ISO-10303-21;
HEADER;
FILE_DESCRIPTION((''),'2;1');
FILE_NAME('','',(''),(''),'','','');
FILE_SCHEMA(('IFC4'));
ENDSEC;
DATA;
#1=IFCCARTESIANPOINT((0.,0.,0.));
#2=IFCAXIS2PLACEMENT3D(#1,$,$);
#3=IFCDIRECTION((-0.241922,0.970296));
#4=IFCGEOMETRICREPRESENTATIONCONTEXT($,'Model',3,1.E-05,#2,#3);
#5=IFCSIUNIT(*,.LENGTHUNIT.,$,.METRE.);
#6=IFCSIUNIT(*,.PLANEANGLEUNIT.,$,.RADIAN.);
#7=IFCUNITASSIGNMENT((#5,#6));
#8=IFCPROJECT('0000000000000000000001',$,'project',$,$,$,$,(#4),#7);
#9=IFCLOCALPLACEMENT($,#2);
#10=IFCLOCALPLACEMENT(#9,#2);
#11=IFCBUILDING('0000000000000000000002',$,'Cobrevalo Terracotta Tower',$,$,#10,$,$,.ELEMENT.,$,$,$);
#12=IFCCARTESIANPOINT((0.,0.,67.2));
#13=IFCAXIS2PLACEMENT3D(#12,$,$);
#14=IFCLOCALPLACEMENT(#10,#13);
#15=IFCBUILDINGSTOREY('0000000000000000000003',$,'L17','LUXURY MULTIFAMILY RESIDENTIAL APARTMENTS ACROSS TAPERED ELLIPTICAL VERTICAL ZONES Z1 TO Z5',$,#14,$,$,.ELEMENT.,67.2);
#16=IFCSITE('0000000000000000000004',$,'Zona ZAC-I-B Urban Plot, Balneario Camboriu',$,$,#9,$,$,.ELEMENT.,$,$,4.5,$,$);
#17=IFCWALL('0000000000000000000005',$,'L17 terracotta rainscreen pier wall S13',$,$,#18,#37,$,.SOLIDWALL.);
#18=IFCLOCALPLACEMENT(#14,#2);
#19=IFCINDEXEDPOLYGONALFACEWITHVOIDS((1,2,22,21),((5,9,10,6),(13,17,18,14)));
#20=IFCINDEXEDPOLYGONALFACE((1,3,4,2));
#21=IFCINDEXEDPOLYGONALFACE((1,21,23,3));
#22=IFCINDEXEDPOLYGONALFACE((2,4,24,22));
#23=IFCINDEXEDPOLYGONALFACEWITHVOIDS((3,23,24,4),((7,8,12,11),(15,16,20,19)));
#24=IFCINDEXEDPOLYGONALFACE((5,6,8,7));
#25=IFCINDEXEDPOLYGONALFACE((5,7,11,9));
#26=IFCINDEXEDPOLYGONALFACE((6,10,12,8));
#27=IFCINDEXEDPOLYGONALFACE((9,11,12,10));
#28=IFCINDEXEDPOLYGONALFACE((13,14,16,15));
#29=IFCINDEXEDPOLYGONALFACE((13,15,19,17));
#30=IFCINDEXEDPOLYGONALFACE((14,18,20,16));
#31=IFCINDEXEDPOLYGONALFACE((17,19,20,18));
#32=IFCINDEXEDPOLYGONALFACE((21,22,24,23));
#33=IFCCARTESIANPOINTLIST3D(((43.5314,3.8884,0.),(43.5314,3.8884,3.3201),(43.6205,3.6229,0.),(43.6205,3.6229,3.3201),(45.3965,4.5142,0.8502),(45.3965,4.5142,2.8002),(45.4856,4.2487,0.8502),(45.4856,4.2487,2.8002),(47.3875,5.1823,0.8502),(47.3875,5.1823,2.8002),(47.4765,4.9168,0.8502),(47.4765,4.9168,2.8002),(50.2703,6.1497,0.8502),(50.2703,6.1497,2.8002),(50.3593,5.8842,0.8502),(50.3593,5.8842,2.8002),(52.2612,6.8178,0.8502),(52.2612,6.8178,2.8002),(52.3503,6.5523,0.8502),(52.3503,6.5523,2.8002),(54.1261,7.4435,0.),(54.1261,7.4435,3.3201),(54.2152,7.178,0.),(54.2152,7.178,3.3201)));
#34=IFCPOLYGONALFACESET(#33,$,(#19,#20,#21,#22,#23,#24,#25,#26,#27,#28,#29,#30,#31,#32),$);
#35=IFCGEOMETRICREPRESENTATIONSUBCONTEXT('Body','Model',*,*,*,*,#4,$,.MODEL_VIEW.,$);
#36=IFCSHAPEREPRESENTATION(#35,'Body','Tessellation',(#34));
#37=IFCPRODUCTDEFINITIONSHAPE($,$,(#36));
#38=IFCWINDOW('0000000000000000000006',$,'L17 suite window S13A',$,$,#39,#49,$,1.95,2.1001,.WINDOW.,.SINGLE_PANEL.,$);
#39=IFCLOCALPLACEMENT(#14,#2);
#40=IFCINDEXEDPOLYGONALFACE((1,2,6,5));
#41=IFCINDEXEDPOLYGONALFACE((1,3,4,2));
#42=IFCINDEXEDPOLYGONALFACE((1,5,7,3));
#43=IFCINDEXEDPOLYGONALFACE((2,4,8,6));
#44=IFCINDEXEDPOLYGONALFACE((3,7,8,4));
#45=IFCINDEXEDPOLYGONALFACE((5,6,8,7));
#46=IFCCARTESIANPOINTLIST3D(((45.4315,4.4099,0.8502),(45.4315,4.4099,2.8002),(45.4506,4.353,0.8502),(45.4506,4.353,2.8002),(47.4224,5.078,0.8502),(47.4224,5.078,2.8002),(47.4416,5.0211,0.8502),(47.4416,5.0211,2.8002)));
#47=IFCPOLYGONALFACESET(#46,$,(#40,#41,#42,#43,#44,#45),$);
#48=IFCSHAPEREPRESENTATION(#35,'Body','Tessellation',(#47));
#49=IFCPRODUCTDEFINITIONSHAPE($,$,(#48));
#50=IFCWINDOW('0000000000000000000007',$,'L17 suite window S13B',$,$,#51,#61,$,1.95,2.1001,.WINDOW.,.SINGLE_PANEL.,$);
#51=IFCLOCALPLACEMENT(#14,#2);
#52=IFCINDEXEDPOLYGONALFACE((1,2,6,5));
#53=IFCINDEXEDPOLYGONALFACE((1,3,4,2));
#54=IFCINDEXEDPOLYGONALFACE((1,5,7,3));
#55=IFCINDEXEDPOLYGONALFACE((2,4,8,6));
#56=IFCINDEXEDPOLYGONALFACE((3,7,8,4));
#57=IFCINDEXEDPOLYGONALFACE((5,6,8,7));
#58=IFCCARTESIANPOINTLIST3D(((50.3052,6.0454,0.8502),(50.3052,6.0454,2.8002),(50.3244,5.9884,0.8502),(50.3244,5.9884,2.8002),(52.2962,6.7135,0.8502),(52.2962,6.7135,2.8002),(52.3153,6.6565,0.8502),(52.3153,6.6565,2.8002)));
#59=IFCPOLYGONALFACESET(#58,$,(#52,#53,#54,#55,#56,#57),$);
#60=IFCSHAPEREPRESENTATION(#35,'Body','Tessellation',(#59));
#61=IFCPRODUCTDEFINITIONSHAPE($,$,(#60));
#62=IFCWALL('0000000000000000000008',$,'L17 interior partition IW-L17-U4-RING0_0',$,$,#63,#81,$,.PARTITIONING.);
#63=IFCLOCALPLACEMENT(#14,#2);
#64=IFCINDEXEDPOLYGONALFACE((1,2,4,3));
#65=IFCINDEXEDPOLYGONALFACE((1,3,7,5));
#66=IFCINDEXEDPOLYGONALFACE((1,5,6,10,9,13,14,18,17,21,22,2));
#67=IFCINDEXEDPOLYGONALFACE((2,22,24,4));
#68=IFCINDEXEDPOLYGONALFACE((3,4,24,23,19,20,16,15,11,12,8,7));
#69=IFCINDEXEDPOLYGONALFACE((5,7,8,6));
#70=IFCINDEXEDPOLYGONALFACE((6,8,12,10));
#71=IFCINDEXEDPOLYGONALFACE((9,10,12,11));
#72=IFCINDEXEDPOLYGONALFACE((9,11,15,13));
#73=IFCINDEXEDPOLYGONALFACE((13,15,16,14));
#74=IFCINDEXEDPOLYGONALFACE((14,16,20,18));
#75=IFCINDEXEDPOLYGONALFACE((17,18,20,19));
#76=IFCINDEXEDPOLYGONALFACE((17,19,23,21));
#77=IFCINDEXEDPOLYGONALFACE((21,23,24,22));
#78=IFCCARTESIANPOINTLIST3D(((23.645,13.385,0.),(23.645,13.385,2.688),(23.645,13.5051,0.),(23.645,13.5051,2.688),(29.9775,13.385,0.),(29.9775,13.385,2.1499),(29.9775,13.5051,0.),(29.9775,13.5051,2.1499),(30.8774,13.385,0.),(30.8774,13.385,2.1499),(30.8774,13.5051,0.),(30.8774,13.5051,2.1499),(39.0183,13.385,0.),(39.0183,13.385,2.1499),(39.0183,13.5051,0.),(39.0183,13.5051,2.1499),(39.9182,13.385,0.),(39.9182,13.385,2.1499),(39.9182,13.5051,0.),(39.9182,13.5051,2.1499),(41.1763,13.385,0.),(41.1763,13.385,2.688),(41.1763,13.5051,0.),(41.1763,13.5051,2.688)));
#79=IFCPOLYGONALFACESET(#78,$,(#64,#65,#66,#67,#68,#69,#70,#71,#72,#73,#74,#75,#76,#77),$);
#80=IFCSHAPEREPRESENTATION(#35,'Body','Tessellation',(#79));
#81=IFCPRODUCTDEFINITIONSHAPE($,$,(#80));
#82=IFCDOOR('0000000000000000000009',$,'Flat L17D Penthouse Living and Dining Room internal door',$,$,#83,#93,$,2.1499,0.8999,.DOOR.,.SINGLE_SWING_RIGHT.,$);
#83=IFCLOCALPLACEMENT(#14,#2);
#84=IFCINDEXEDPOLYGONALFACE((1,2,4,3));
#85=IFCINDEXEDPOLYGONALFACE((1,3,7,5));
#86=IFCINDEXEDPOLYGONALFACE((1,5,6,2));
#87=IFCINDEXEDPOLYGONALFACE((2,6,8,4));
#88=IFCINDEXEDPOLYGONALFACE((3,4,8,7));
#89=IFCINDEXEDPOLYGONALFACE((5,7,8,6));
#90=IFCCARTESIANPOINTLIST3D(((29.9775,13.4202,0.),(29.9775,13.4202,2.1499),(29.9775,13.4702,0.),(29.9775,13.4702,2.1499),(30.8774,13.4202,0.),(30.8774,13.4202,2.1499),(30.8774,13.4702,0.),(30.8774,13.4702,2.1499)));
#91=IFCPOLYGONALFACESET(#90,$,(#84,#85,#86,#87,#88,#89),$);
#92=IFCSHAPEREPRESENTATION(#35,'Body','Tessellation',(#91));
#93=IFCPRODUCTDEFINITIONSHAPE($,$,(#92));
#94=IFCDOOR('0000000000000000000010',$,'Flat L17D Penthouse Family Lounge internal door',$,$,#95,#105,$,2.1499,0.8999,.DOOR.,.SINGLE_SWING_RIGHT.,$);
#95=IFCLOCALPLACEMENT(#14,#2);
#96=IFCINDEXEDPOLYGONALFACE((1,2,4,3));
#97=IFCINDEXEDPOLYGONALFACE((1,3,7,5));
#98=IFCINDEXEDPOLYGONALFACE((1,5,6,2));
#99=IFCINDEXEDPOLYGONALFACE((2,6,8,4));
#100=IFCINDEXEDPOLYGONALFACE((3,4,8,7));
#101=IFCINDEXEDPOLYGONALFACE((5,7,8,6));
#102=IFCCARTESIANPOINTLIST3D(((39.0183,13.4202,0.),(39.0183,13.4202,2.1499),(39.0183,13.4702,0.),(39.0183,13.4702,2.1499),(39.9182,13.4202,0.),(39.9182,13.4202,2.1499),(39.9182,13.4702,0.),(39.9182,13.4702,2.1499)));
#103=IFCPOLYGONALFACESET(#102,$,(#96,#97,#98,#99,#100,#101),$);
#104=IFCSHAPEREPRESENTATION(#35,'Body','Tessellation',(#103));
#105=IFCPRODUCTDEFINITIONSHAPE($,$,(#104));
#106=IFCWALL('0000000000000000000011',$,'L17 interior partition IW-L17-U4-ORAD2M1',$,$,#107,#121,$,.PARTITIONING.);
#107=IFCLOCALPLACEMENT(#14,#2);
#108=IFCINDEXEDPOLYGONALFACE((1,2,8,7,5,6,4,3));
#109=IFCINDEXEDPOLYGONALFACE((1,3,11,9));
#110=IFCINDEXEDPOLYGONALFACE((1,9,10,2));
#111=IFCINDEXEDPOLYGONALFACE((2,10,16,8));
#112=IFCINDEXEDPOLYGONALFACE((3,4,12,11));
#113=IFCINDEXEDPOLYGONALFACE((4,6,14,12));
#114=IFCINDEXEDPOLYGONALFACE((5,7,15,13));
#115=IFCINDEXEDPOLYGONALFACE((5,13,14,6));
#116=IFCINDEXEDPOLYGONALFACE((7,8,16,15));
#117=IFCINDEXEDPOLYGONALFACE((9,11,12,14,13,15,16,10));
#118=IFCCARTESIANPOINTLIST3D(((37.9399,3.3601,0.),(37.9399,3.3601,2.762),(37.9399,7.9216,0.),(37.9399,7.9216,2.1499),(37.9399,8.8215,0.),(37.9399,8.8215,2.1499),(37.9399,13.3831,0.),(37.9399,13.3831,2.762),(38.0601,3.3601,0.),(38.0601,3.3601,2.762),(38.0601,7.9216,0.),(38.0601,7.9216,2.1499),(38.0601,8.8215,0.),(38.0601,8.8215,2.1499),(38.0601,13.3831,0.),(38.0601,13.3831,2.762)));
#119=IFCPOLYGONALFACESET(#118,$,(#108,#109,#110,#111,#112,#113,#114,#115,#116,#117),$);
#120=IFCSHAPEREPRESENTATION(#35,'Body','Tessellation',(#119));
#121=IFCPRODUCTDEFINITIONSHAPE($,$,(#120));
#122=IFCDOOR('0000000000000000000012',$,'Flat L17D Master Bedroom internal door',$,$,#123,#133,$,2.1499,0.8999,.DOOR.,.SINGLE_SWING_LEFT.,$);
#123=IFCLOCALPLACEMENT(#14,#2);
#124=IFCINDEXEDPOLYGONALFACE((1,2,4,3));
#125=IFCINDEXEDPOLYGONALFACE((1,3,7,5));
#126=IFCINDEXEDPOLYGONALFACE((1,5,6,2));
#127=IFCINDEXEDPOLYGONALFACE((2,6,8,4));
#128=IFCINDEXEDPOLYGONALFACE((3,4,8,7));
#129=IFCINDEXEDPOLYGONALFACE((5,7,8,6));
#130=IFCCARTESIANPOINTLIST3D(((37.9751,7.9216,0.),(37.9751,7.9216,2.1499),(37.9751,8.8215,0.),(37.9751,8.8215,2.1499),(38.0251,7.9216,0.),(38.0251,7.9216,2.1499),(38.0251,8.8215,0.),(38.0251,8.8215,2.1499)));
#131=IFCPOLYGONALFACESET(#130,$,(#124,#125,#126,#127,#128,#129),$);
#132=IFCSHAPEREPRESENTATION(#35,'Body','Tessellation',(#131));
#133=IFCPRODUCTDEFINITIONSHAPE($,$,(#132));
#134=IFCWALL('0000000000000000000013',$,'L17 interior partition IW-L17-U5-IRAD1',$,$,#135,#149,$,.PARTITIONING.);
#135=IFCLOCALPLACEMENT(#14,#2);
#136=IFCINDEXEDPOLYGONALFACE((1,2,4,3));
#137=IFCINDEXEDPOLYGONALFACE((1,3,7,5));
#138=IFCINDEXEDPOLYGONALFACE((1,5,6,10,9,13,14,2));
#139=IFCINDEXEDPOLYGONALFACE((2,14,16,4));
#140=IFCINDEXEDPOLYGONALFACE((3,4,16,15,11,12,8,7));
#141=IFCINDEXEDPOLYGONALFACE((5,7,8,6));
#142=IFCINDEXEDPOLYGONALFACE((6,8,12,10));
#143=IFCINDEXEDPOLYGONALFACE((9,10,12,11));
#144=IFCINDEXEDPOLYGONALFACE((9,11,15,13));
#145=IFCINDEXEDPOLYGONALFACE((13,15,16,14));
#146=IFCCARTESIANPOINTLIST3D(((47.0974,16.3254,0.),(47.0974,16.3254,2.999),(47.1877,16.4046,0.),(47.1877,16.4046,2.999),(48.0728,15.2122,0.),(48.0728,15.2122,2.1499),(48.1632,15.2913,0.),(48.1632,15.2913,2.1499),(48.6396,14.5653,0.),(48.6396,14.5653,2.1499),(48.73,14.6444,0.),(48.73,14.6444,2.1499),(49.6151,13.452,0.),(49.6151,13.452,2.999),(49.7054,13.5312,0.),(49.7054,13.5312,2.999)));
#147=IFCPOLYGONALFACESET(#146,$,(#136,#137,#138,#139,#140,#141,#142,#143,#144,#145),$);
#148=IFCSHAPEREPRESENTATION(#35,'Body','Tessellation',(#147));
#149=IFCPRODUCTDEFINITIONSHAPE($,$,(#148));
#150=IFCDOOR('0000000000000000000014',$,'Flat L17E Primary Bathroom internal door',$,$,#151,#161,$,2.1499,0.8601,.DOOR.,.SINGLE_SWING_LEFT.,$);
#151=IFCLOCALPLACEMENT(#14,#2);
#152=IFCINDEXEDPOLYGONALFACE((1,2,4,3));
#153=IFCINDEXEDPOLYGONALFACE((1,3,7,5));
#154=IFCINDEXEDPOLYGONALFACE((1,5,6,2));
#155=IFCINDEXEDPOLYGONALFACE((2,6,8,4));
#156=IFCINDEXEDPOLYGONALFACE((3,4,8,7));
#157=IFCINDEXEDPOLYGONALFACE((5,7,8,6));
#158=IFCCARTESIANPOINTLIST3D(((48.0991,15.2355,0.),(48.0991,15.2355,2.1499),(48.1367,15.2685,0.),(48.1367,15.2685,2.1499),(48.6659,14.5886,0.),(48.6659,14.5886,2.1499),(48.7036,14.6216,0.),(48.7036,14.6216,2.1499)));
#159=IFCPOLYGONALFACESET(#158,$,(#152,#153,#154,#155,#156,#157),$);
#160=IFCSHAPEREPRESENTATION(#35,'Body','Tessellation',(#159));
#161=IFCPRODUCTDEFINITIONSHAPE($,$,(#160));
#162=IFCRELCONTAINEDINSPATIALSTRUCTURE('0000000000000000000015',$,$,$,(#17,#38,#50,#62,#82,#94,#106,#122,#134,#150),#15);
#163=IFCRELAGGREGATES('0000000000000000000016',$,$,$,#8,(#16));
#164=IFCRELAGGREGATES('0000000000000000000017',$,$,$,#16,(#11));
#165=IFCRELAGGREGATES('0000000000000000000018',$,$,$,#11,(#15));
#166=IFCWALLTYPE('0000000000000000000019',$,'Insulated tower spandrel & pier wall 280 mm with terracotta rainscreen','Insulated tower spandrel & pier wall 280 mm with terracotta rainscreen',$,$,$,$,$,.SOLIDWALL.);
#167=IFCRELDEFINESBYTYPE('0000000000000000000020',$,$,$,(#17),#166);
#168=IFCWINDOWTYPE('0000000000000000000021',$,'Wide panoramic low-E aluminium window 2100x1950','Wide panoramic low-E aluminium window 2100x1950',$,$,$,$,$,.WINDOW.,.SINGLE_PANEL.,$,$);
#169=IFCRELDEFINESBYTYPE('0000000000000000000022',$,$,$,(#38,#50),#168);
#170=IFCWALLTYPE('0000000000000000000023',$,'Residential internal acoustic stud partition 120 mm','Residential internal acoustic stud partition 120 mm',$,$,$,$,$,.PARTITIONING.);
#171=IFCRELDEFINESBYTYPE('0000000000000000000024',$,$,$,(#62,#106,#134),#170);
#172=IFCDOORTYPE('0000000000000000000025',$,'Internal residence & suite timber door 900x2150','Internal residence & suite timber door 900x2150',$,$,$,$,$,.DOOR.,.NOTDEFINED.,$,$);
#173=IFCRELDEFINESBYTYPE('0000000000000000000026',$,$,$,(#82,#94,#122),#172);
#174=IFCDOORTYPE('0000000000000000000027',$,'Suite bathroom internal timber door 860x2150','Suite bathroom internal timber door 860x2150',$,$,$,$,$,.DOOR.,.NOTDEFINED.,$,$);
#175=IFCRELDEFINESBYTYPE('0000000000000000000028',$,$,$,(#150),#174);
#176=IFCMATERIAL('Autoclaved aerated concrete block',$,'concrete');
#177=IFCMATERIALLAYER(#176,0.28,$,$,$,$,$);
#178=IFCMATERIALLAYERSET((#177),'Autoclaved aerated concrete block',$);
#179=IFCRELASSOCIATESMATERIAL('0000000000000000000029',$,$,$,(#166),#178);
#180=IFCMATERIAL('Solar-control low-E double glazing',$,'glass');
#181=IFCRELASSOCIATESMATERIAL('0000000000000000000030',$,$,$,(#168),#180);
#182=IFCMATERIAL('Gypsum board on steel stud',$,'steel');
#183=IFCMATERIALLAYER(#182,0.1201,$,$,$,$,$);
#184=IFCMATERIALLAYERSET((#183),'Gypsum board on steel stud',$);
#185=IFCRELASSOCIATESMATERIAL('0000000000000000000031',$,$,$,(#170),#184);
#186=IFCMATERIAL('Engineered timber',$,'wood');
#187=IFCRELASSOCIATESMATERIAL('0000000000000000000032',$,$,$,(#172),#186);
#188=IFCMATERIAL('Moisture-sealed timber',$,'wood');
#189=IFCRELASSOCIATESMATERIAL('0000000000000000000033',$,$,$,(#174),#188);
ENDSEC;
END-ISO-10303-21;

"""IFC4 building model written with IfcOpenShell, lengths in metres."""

from ifc_helpers import new_model, si_unit, direction, frame, frame_2d, origin, place, context, subcontext, project, spatial, rectangle, extrude, source, transform, mapped, material, layer, layer_set, type_object, element, fill, save


model = new_model("IFC4")

# Units and contexts
model_context = context("Model", 3, precision=1e-05, world=origin(), true_north=direction((-0.241922, 0.970296)))
body_context = subcontext(model_context, "Body", "Model", "MODEL_VIEW")
ifc_project = project(units=[si_unit("LENGTHUNIT", "METRE"), si_unit("PLANEANGLEUNIT", "RADIAN")], contexts=[model_context])

# Site, building, storey
site_placement = place(None, origin())
site = spatial("IfcSite", under=ifc_project, at=site_placement, Name="Zona ZAC-I-B Urban Plot, Balneario Camboriu", CompositionType="ELEMENT", RefElevation=4.5)
building_placement = place(site_placement, origin())
building = spatial("IfcBuilding", under=site, at=building_placement, Name="Cobrevalo Terracotta Tower", CompositionType="ELEMENT")
storey_placement = place(building_placement, frame((0.0, 0.0, 67.2)))
storey = spatial("IfcBuildingStorey", under=building, at=storey_placement, Name="L17", Description="LUXURY MULTIFAMILY RESIDENTIAL APARTMENTS ACROSS TAPERED ELLIPTICAL VERTICAL ZONES Z1 TO Z5", CompositionType="ELEMENT", Elevation=67.2)

# Shared definitions
ifc_material_1 = material(Name="Solar-control low-E double glazing", Category="glass")

# Shared definitions
ifc_material_2 = material(Name="Gypsum board on steel stud", Category="steel")

# Shared definitions
ifc_material_3 = material(Name="Autoclaved aerated concrete block", Category="concrete")

# Wall, openings, windows
ifc_layer_1 = layer(ifc_material_3, 0.28)
ifc_layer_set_1 = layer_set([ifc_layer_1], Name="Autoclaved aerated concrete block")
wall_type_1 = type_object("IfcWallType", Name="Insulated tower spandrel & pier wall 280 mm with terracotta rainscreen", Description="Insulated tower spandrel & pier wall 280 mm with terracotta rainscreen", PredefinedType="SOLIDWALL", material=ifc_layer_set_1)
wall_1_placement = place(storey_placement, frame((43.5759, 3.7556, 0.0), z_axis=(0.0, 0.0, 1.0), x_axis=(0.948048, 0.318128, 0.0)))
wall_1 = element("IfcWall", 1, at=wall_1_placement, inside=storey, type_object=wall_type_1, Name="L17 terracotta rainscreen pier wall S13", PredefinedType="SOLIDWALL", context=body_context, shape_type="SweptSolid", body=[
    extrude(rectangle(XDim=11.1753, YDim=0.28, at=frame_2d((5.5876, 0.0))), origin(), (0.0, 0.0, 1.0), 3.3201),
])
opening_1_placement = place(wall_1_placement, frame((1.9673, 0.0, 0.8501)))
opening_1 = element("IfcOpeningElement", 2, at=opening_1_placement, cuts=wall_1, PredefinedType="OPENING", context=body_context, shape_type="SweptSolid", body=[
    extrude(rectangle(XDim=2.1001, YDim=1.95, at=frame_2d((1.05, 0.9751))), frame((0.0, 0.1499, 0.0), z_axis=(0.0, -1.0, 0.0), x_axis=(1.0, 0.0, 0.0)), (0.0, 0.0, 1.0), 0.3),
])
opening_2_placement = place(wall_1_placement, frame((7.1082, 0.0, 0.8501)))
opening_2 = element("IfcOpeningElement", 3, at=opening_2_placement, cuts=wall_1, PredefinedType="OPENING", context=body_context, shape_type="SweptSolid", body=[
    extrude(rectangle(XDim=2.1001, YDim=1.95, at=frame_2d((1.05, 0.9751))), frame((0.0, 0.1499, 0.0), z_axis=(0.0, -1.0, 0.0), x_axis=(1.0, 0.0, 0.0)), (0.0, 0.0, 1.0), 0.3),
])
window_type = type_object("IfcWindowType", Name="Wide panoramic low-E aluminium window 2100x1950", Description="Wide panoramic low-E aluminium window 2100x1950", PartitioningType="SINGLE_PANEL", PredefinedType="WINDOW", material=ifc_material_1)
shared_shape_1 = source(origin(), body_context, "Body", "SweptSolid", [
    extrude(rectangle(XDim=2.1001, YDim=1.95, at=frame_2d((1.05, 0.9751))), frame((0.0, 0.03, 0.0), z_axis=(0.0, -1.0, 0.0), x_axis=(1.0, 0.0, 0.0)), (0.0, 0.0, 1.0), 0.0601),
])
window_1_placement = place(opening_1_placement, origin())
window_1 = element("IfcWindow", 4, at=window_1_placement, inside=storey, type_object=window_type, Name="L17 suite window S13A", OverallHeight=1.95, OverallWidth=2.1001, PartitioningType="SINGLE_PANEL", PredefinedType="WINDOW", context=body_context, shape_type="MappedRepresentation", body=[
    mapped(shared_shape_1, transform((0.0, 0.0, 0.0), scale=1.0)),
])
fill(opening_1, window_1)
window_2_placement = place(opening_2_placement, origin())
window_2 = element("IfcWindow", 5, at=window_2_placement, inside=storey, type_object=window_type, Name="L17 suite window S13B", OverallHeight=1.95, OverallWidth=2.1001, PartitioningType="SINGLE_PANEL", PredefinedType="WINDOW", context=body_context, shape_type="MappedRepresentation", body=[
    mapped(shared_shape_1, transform((0.0, 0.0, 0.0), scale=1.0)),
])
fill(opening_2, window_2)

# Wall, openings, doors
ifc_layer_2 = layer(ifc_material_2, 0.1201)
ifc_layer_set_2 = layer_set([ifc_layer_2], Name="Gypsum board on steel stud")
wall_type_2 = type_object("IfcWallType", Name="Residential internal acoustic stud partition 120 mm", Description="Residential internal acoustic stud partition 120 mm", PredefinedType="PARTITIONING", material=ifc_layer_set_2)
wall_2_placement = place(storey_placement, frame((41.1763, 13.4451, 0.0), z_axis=(0.0, 0.0, 1.0), x_axis=(-1.0, 0.0, 0.0)))
wall_2 = element("IfcWall", 6, at=wall_2_placement, inside=storey, type_object=wall_type_2, Name="L17 interior partition IW-L17-U4-RING0_0", PredefinedType="PARTITIONING", context=body_context, shape_type="SweptSolid", body=[
    extrude(rectangle(XDim=17.5312, YDim=0.1201, at=frame_2d((8.7656, 0.0))), origin(), (0.0, 0.0, 1.0), 2.688),
])
opening_3_placement = place(wall_2_placement, frame((10.2988, 0.0, 0.0)))
opening_3 = element("IfcOpeningElement", 7, at=opening_3_placement, cuts=wall_2, PredefinedType="OPENING", context=body_context, shape_type="SweptSolid", body=[
    extrude(rectangle(XDim=0.8999, YDim=2.1499, at=frame_2d((0.45, 1.075))), frame((0.0, 0.0701, 0.0), z_axis=(0.0, -1.0, 0.0), x_axis=(1.0, 0.0, 0.0)), (0.0, 0.0, 1.0), 0.1401),
])
opening_4_placement = place(wall_2_placement, frame((1.2581, 0.0, 0.0)))
opening_4 = element("IfcOpeningElement", 8, at=opening_4_placement, cuts=wall_2, PredefinedType="OPENING", context=body_context, shape_type="SweptSolid", body=[
    extrude(rectangle(XDim=0.8999, YDim=2.1499, at=frame_2d((0.45, 1.075))), frame((0.0, 0.0701, 0.0), z_axis=(0.0, -1.0, 0.0), x_axis=(1.0, 0.0, 0.0)), (0.0, 0.0, 1.0), 0.1401),
])
ifc_material_4 = material(Name="Engineered timber", Category="wood")
door_type_1 = type_object("IfcDoorType", Name="Internal residence & suite timber door 900x2150", Description="Internal residence & suite timber door 900x2150", OperationType="NOTDEFINED", PredefinedType="DOOR", material=ifc_material_4)
shared_shape_2 = source(origin(), body_context, "Body", "SweptSolid", [
    extrude(rectangle(XDim=0.8999, YDim=2.1499, at=frame_2d((0.45, 1.075))), frame((0.0, 0.0249, 0.0), z_axis=(0.0, -1.0, 0.0), x_axis=(1.0, 0.0, 0.0)), (0.0, 0.0, 1.0), 0.05),
])
door_1_placement = place(opening_3_placement, origin())
door_1 = element("IfcDoor", 9, at=door_1_placement, inside=storey, type_object=door_type_1, Name="Flat L17D Penthouse Living and Dining Room internal door", OperationType="SINGLE_SWING_RIGHT", OverallHeight=2.1499, OverallWidth=0.8999, PredefinedType="DOOR", context=body_context, shape_type="MappedRepresentation", body=[
    mapped(shared_shape_2, transform((0.0, 0.0, 0.0), scale=1.0)),
])
fill(opening_3, door_1)
door_2_placement = place(opening_4_placement, origin())
door_2 = element("IfcDoor", 10, at=door_2_placement, inside=storey, type_object=door_type_1, Name="Flat L17D Penthouse Family Lounge internal door", OperationType="SINGLE_SWING_RIGHT", OverallHeight=2.1499, OverallWidth=0.8999, PredefinedType="DOOR", context=body_context, shape_type="MappedRepresentation", body=[
    mapped(shared_shape_2, transform((0.0, 0.0, 0.0), scale=1.0)),
])
fill(opening_4, door_2)

# Walls, openings, doors
wall_3_placement = place(storey_placement, frame((38.0, 13.3831, 0.0), z_axis=(0.0, 0.0, 1.0), x_axis=(0.0, -1.0, 0.0)))
wall_3 = element("IfcWall", 11, at=wall_3_placement, inside=storey, type_object=wall_type_2, Name="L17 interior partition IW-L17-U4-ORAD2M1", PredefinedType="PARTITIONING", context=body_context, shape_type="SweptSolid", body=[
    extrude(rectangle(XDim=10.0229, YDim=0.1201, at=frame_2d((5.0115, 0.0))), origin(), (0.0, 0.0, 1.0), 2.762),
])
opening_5_placement = place(wall_3_placement, frame((4.5615, 0.0, 0.0)))
opening_5 = element("IfcOpeningElement", 12, at=opening_5_placement, cuts=wall_3, PredefinedType="OPENING", context=body_context, shape_type="SweptSolid", body=[
    extrude(rectangle(XDim=0.8999, YDim=2.1499, at=frame_2d((0.45, 1.075))), frame((0.0, 0.0701, 0.0), z_axis=(0.0, -1.0, 0.0), x_axis=(1.0, 0.0, 0.0)), (0.0, 0.0, 1.0), 0.1401),
])
door_3_placement = place(opening_5_placement, frame((0.8999, 0.0, 0.0), z_axis=(0.0, 0.0, 1.0), x_axis=(-1.0, 0.0, 0.0)))
door_3 = element("IfcDoor", 13, at=door_3_placement, inside=storey, type_object=door_type_1, Name="Flat L17D Master Bedroom internal door", OperationType="SINGLE_SWING_LEFT", OverallHeight=2.1499, OverallWidth=0.8999, PredefinedType="DOOR", context=body_context, shape_type="MappedRepresentation", body=[
    mapped(shared_shape_2, transform((0.0, 0.0, 0.0), scale=1.0)),
])
fill(opening_5, door_3)
wall_4_placement = place(storey_placement, frame((47.1426, 16.365, 0.0), z_axis=(0.0, 0.0, 1.0), x_axis=(0.659016, -0.752129, 0.0)))
wall_4 = element("IfcWall", 14, at=wall_4_placement, inside=storey, type_object=wall_type_2, Name="L17 interior partition IW-L17-U5-IRAD1", PredefinedType="PARTITIONING", context=body_context, shape_type="SweptSolid", body=[
    extrude(rectangle(XDim=3.8203, YDim=0.1201, at=frame_2d((1.9102, 0.0))), origin(), (0.0, 0.0, 1.0), 2.999),
])
opening_6_placement = place(wall_4_placement, frame((1.48, 0.0, 0.0)))
opening_6 = element("IfcOpeningElement", 15, at=opening_6_placement, cuts=wall_4, PredefinedType="OPENING", context=body_context, shape_type="SweptSolid", body=[
    extrude(rectangle(XDim=0.8601, YDim=2.1499, at=frame_2d((0.4302, 1.075))), frame((0.0, 0.0701, 0.0), z_axis=(0.0, -1.0, 0.0), x_axis=(1.0, 0.0, 0.0)), (0.0, 0.0, 1.0), 0.1401),
])
ifc_material_5 = material(Name="Moisture-sealed timber", Category="wood")
door_type_2 = type_object("IfcDoorType", Name="Suite bathroom internal timber door 860x2150", Description="Suite bathroom internal timber door 860x2150", OperationType="NOTDEFINED", PredefinedType="DOOR", material=ifc_material_5)
shared_shape_3 = source(origin(), body_context, "Body", "SweptSolid", [
    extrude(rectangle(XDim=0.8601, YDim=2.1499, at=frame_2d((0.4302, 1.075))), frame((0.0, 0.0249, 0.0), z_axis=(0.0, -1.0, 0.0), x_axis=(1.0, 0.0, 0.0)), (0.0, 0.0, 1.0), 0.05),
])
door_4_placement = place(opening_6_placement, frame((0.8601, 0.0, 0.0), z_axis=(0.0, 0.0, 1.0), x_axis=(-1.0, 0.0, 0.0)))
door_4 = element("IfcDoor", 16, at=door_4_placement, inside=storey, type_object=door_type_2, Name="Flat L17E Primary Bathroom internal door", OperationType="SINGLE_SWING_LEFT", OverallHeight=2.1499, OverallWidth=0.8601, PredefinedType="DOOR", context=body_context, shape_type="MappedRepresentation", body=[
    mapped(shared_shape_3, transform((0.0, 0.0, 0.0), scale=1.0)),
])
fill(opening_6, door_4)

save(model, "model.ifc")
